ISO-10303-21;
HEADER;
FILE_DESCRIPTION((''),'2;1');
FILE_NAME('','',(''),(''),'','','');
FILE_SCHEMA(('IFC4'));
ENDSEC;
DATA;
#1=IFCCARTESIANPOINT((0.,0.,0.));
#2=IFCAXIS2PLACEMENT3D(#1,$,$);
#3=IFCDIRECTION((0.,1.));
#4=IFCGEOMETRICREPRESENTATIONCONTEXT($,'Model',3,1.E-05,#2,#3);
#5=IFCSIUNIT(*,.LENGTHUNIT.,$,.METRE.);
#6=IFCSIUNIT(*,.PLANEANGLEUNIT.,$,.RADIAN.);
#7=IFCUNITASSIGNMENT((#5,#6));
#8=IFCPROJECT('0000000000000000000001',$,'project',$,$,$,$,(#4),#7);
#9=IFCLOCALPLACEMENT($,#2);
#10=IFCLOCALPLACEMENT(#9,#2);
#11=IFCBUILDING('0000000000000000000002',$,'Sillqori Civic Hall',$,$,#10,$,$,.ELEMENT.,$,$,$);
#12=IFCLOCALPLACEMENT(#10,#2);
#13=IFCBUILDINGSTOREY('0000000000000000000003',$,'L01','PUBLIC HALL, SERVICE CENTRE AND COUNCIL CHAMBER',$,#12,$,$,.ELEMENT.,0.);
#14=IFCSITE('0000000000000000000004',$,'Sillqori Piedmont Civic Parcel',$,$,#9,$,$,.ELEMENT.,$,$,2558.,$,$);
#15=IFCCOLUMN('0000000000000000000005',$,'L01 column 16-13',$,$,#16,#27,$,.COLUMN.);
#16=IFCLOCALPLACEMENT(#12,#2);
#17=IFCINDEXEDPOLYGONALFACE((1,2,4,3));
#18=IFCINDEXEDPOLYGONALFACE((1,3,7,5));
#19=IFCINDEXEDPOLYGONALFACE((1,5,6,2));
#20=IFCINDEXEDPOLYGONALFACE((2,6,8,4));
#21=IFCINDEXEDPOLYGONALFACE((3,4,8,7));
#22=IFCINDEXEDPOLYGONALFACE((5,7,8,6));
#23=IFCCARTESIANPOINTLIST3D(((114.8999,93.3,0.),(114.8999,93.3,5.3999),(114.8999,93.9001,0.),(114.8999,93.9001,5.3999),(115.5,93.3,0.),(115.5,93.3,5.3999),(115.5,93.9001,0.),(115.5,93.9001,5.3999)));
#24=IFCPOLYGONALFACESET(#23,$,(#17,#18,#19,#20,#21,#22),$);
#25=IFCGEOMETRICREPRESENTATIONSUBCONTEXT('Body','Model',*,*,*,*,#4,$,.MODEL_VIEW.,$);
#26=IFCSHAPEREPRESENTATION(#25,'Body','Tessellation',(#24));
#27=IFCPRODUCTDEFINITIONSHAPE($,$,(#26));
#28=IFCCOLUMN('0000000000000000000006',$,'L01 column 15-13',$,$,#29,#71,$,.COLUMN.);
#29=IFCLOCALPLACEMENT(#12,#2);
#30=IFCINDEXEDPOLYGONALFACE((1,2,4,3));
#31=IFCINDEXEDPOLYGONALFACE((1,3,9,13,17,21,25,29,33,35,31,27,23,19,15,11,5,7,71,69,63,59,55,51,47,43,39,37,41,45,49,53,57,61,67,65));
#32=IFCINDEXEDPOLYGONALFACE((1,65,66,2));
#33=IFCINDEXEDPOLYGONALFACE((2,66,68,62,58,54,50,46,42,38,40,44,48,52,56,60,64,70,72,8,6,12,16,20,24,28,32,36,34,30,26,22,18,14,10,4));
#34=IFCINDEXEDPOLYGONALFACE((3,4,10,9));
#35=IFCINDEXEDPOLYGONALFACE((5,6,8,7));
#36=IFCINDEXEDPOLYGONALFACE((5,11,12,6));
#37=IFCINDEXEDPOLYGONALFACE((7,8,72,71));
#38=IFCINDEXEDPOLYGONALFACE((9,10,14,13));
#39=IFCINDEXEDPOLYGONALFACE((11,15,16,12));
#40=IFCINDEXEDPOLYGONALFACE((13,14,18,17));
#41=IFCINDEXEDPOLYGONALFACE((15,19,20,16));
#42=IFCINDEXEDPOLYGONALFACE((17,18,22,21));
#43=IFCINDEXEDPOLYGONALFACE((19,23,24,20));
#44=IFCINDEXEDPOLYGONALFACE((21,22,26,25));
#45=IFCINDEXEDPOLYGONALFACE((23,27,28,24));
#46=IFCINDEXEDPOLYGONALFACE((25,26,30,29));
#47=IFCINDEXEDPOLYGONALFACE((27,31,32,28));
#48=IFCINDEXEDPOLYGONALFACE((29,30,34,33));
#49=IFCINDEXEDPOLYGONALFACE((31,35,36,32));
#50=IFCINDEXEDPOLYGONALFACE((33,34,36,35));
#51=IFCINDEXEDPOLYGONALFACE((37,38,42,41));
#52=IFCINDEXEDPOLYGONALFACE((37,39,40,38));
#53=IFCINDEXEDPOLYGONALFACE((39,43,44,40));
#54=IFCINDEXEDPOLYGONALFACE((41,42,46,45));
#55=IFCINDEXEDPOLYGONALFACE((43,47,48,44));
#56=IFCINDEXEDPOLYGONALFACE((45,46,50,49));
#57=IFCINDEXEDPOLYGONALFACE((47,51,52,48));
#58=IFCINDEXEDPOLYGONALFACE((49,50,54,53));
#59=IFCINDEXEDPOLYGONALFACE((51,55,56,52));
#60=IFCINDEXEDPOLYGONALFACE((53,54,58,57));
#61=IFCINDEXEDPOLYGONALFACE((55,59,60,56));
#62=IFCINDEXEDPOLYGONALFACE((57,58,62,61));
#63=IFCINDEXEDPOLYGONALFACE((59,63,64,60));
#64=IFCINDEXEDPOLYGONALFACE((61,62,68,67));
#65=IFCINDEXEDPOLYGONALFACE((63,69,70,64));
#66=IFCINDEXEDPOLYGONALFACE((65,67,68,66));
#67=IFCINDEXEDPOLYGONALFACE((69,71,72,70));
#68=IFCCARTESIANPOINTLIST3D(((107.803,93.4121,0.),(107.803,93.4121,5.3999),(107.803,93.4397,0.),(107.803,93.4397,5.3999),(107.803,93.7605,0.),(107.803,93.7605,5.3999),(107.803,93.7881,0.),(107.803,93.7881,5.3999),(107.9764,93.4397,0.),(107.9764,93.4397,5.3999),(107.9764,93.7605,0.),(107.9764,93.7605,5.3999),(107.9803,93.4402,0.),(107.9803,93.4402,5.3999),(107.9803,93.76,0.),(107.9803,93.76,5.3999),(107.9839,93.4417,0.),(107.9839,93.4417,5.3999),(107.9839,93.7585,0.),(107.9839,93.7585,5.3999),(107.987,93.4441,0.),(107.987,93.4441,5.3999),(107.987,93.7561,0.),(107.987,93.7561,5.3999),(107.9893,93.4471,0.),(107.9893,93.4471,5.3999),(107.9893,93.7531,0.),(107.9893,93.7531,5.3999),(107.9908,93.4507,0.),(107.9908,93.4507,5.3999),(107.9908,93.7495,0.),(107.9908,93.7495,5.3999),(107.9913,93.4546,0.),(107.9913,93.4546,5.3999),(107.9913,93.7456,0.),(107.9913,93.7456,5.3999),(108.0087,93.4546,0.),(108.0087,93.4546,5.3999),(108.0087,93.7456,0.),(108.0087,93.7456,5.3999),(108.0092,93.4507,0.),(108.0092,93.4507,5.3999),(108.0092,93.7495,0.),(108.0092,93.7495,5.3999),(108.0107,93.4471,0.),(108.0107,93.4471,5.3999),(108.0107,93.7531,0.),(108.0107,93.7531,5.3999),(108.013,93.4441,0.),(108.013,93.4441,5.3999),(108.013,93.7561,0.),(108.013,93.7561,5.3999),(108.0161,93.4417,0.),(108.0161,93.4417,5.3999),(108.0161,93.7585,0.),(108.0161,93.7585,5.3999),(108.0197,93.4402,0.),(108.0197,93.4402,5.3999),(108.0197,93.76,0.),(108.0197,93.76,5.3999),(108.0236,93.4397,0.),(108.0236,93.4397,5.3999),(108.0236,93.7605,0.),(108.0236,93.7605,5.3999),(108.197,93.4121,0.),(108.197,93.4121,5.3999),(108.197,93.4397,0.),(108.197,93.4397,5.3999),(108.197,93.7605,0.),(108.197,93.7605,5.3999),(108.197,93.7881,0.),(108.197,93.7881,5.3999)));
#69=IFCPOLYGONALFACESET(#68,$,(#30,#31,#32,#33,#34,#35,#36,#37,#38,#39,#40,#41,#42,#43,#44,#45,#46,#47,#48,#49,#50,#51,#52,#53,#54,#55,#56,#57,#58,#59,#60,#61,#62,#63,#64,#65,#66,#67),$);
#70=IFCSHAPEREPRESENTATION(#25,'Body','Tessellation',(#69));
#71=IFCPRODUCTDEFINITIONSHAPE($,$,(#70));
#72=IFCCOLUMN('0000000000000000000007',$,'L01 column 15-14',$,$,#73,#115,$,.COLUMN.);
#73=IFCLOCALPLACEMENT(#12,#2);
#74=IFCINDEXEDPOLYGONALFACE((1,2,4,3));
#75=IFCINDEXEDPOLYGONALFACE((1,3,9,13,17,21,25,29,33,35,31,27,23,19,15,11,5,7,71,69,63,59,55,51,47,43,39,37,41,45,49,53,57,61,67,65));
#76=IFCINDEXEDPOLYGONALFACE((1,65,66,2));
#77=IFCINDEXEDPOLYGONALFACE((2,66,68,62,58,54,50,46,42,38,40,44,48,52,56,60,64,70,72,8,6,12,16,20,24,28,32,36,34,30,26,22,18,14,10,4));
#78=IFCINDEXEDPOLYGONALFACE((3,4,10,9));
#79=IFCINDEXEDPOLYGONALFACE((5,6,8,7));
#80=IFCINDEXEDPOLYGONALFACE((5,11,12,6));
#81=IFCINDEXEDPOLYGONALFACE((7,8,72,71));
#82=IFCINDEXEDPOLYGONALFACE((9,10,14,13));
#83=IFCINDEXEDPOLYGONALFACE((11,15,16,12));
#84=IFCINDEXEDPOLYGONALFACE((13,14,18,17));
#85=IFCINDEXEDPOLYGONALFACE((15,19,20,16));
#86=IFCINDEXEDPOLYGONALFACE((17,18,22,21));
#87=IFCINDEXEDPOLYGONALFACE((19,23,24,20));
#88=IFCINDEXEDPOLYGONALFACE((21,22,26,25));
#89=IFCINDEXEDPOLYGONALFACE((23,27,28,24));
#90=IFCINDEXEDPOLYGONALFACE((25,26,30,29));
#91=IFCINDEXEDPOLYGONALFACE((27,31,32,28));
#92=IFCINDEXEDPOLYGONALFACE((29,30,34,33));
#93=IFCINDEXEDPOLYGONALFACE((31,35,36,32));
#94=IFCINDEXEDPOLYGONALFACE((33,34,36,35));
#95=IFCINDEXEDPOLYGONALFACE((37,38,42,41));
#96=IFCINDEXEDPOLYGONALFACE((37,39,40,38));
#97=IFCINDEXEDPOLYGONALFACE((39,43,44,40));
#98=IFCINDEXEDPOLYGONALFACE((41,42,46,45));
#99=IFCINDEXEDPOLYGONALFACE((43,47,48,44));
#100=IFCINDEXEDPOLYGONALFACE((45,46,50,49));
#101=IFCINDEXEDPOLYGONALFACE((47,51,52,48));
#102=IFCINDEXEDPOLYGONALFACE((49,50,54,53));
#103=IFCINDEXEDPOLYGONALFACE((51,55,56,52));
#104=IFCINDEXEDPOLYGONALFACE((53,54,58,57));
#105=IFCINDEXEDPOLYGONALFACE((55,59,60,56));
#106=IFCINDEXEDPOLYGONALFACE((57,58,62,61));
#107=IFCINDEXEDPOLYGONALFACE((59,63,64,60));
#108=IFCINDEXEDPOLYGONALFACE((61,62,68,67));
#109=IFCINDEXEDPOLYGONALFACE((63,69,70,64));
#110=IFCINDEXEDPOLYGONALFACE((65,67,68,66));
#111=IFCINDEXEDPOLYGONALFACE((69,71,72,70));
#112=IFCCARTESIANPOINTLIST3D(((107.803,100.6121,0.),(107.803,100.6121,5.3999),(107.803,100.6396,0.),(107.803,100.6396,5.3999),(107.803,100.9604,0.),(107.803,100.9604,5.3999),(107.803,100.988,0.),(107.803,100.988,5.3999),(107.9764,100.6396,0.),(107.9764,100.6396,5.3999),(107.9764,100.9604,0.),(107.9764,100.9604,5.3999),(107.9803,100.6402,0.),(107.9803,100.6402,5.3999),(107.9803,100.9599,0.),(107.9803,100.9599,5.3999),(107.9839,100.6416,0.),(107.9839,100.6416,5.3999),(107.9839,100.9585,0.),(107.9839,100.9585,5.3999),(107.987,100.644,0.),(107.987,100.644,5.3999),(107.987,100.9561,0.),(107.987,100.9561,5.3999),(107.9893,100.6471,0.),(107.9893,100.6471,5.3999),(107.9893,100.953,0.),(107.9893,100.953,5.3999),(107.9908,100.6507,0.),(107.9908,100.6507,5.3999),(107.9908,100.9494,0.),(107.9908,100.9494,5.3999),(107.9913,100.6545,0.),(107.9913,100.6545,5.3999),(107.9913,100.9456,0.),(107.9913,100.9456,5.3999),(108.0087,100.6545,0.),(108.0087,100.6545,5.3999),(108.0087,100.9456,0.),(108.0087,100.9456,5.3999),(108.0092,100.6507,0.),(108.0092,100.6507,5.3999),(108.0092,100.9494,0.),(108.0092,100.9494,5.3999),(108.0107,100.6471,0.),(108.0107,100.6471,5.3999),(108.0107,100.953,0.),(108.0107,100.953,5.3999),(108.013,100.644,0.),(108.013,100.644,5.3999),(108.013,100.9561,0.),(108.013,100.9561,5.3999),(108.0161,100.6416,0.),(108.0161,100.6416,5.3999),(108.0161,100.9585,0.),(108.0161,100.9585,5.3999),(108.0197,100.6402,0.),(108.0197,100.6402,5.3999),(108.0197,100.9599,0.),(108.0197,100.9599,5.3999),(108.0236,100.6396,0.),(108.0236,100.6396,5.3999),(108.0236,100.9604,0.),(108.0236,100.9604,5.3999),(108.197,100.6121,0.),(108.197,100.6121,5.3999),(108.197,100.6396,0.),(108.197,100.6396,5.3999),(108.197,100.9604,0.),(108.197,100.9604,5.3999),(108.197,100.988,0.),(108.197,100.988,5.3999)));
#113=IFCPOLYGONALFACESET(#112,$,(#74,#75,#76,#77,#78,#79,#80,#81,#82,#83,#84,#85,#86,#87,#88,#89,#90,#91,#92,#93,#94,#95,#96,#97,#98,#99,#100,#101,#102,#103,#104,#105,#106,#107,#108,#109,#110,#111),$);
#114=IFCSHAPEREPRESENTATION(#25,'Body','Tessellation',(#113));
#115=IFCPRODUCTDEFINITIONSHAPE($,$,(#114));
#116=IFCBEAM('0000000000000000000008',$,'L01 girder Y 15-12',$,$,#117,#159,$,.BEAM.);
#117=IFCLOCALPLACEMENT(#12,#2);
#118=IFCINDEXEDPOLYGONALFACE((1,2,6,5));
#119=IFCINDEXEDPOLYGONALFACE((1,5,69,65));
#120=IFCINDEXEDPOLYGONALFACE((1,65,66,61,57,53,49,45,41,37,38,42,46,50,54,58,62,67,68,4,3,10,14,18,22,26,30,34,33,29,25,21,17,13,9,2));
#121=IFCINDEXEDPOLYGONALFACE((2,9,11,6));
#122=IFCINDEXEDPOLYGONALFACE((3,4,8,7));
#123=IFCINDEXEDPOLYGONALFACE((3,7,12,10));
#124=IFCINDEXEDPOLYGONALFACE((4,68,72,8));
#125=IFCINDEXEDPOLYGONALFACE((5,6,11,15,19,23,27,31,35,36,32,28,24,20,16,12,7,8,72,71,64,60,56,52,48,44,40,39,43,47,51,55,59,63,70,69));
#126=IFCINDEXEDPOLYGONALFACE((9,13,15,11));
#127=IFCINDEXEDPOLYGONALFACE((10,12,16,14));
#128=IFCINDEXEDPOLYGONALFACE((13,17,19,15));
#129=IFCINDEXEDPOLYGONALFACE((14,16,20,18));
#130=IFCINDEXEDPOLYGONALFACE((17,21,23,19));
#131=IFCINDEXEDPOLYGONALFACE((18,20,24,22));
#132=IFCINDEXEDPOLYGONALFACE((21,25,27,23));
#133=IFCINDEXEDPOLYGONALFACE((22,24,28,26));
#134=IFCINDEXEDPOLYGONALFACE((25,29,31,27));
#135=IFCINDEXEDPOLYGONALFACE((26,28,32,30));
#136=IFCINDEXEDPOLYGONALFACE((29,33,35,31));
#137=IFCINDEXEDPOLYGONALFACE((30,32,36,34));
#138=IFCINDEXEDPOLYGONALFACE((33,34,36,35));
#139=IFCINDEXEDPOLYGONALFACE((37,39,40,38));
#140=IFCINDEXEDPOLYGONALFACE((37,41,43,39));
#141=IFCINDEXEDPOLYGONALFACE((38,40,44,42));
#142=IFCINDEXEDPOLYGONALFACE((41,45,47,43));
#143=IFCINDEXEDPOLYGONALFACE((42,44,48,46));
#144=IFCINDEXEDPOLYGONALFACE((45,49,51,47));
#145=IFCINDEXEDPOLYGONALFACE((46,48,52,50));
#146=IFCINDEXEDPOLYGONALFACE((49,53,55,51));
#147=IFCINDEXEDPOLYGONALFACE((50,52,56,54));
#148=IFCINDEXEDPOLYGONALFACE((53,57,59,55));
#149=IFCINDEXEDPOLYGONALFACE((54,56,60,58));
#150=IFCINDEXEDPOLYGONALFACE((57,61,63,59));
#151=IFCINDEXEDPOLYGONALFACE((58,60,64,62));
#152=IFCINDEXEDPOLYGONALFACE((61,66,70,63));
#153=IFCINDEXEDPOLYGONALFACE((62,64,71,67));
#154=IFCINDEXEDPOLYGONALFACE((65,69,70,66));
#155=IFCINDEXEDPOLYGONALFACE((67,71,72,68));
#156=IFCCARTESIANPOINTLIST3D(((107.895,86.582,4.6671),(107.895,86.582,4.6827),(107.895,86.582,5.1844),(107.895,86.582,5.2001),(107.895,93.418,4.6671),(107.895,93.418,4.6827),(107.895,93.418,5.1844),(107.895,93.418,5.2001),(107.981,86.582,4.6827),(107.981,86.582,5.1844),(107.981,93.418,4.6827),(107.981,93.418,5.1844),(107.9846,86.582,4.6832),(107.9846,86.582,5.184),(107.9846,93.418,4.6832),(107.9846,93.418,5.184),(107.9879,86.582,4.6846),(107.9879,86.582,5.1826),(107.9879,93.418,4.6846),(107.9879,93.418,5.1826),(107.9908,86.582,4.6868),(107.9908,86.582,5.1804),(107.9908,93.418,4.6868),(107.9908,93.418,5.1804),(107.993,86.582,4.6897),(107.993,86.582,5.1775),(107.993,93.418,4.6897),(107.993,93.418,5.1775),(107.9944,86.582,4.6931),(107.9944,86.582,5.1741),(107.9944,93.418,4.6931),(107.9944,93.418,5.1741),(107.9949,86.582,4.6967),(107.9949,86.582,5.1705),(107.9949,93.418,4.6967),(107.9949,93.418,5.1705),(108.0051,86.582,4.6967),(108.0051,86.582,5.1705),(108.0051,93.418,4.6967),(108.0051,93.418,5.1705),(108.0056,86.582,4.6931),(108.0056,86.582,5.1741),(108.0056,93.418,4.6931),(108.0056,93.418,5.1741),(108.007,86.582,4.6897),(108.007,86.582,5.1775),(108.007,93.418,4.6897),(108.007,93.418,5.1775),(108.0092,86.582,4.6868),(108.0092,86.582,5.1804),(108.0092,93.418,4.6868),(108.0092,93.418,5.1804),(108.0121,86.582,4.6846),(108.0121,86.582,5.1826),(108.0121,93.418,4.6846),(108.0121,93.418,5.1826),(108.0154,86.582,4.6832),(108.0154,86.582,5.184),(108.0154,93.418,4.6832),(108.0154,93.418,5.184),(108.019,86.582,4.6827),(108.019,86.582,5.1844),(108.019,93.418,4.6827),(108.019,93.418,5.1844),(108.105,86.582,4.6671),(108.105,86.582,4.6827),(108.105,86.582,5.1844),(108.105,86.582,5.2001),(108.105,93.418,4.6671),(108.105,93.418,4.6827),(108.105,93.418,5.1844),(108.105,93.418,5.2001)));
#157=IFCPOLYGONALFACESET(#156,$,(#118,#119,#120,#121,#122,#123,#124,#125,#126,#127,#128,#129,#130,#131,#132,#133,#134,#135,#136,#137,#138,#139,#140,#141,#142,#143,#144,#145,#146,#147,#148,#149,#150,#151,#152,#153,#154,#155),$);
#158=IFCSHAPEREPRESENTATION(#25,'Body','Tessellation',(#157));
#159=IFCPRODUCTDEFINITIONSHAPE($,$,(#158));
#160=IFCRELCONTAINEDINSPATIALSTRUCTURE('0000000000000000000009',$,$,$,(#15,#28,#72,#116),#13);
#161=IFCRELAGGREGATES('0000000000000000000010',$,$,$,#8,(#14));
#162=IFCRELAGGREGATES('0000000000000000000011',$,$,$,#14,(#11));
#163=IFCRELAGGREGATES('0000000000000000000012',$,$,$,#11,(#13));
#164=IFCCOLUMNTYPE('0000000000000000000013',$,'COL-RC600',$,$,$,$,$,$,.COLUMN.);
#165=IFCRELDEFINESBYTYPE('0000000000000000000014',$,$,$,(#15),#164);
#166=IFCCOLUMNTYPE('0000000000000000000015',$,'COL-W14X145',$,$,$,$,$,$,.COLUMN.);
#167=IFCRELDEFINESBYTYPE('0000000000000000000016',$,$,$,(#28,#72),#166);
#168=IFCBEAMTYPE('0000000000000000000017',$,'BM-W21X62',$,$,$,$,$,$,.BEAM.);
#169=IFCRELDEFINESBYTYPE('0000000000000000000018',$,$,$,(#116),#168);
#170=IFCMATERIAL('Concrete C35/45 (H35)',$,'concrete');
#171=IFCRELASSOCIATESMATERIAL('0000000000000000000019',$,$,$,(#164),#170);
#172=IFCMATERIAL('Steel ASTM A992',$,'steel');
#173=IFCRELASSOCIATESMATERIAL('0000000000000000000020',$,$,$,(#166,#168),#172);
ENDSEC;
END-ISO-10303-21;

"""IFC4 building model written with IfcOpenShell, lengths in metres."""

from ifc_helpers import new_model, si_unit, direction, frame, origin, origin_2d, place, context, subcontext, project, spatial, rectangle, i_section, extrude, material, material_profile, profile_set, type_object, element, save


model = new_model("IFC4")

# Units and contexts
model_context = context("Model", 3, precision=1e-05, world=origin(), true_north=direction((0.0, 1.0)))
body_context = subcontext(model_context, "Body", "Model", "MODEL_VIEW")
ifc_project = project(units=[si_unit("LENGTHUNIT", "METRE"), si_unit("PLANEANGLEUNIT", "RADIAN")], contexts=[model_context])

# Site, building, storey
site_placement = place(None, origin())
site = spatial("IfcSite", under=ifc_project, at=site_placement, Name="Sillqori Piedmont Civic Parcel", CompositionType="ELEMENT", RefElevation=2558.0)
building_placement = place(site_placement, origin())
building = spatial("IfcBuilding", under=site, at=building_placement, Name="Sillqori Civic Hall", CompositionType="ELEMENT")
storey_placement = place(building_placement, origin())
storey = spatial("IfcBuildingStorey", under=building, at=storey_placement, Name="L01", Description="PUBLIC HALL, SERVICE CENTRE AND COUNCIL CHAMBER", CompositionType="ELEMENT", Elevation=0.0)

# Columns
ifc_material_1 = material(Name="Concrete C35/45 (H35)", Category="concrete")
ifc_material_profile_1 = material_profile(ifc_material_1, rectangle(XDim=0.6001, YDim=0.6001, at=origin_2d()), Name="RC 600x600")
ifc_profile_set_1 = profile_set([ifc_material_profile_1], Name="Concrete C35/45 (H35)")
column_type_1 = type_object("IfcColumnType", Name="COL-RC600", PredefinedType="COLUMN", material=ifc_profile_set_1)
column_placement = place(storey_placement, frame((115.2, 93.6001, 0.0), z_axis=(0.0, 0.0, 1.0), x_axis=(1.0, 0.0, 0.0)))
element("IfcColumn", 1, at=column_placement, inside=storey, type_object=column_type_1, Name="L01 column 16-13", PredefinedType="COLUMN", context=body_context, shape_type="SweptSolid", body=[
    extrude(rectangle(XDim=0.6001, YDim=0.6001, at=origin_2d()), origin(), (0.0, 0.0, 1.0), 5.3999),
])
ifc_material_2 = material(Name="Steel ASTM A992", Category="steel")
ifc_material_profile_2 = material_profile(ifc_material_2, i_section(OverallWidth=0.394, OverallDepth=0.376, WebThickness=0.0173, FlangeThickness=0.0276, FilletRadius=0.0149, at=origin_2d()), Name="W14X145")
ifc_profile_set_2 = profile_set([ifc_material_profile_2], Name="Steel ASTM A992")
column_type_2 = type_object("IfcColumnType", Name="COL-W14X145", PredefinedType="COLUMN", material=ifc_profile_set_2)
for number, where, z_axis, x_axis, name in (
    (2, (108.0, 93.6001, 0.0), (0.0, 0.0, 1.0), (1.0, 0.0, 0.0), "L01 column 15-13"),
    (3, (108.0, 100.8, 0.0), (0.0, 0.0, 1.0), (1.0, 0.0, 0.0), "L01 column 15-14"),
):
    element("IfcColumn", number, at=place(storey_placement, frame(where, z_axis=z_axis, x_axis=x_axis)), inside=storey, type_object=column_type_2, Name=name, PredefinedType="COLUMN", context=body_context, shape_type="SweptSolid", body=[
        extrude(i_section(OverallWidth=0.394, OverallDepth=0.376, WebThickness=0.0173, FlangeThickness=0.0276, FilletRadius=0.0149, at=origin_2d()), origin(), (0.0, 0.0, 1.0), 5.3999),
    ])

# Beam
ifc_material_profile_3 = material_profile(ifc_material_2, i_section(OverallWidth=0.21, OverallDepth=0.533, WebThickness=0.0103, FlangeThickness=0.0156, FilletRadius=0.0139, at=origin_2d()), Name="W21X62")
ifc_profile_set_3 = profile_set([ifc_material_profile_3], Name="Steel ASTM A992")
beam_type_1 = type_object("IfcBeamType", Name="BM-W21X62", PredefinedType="BEAM", material=ifc_profile_set_3)
for number, where, z_axis, x_axis, name in (
    (4, (108.0, 86.582, 4.9336), (0.0, 1.0, 0.0), (-1.0, 0.0, 0.0), "L01 girder Y 15-12"),
):
    element("IfcBeam", number, at=place(storey_placement, frame(where, z_axis=z_axis, x_axis=x_axis)), inside=storey, type_object=beam_type_1, Name=name, PredefinedType="BEAM", context=body_context, shape_type="SweptSolid", body=[
        extrude(i_section(OverallWidth=0.21, OverallDepth=0.533, WebThickness=0.0103, FlangeThickness=0.0156, FilletRadius=0.0139, at=origin_2d()), origin(), (0.0, 0.0, 1.0), 6.8359),
    ])

save(model, "model.ifc")
